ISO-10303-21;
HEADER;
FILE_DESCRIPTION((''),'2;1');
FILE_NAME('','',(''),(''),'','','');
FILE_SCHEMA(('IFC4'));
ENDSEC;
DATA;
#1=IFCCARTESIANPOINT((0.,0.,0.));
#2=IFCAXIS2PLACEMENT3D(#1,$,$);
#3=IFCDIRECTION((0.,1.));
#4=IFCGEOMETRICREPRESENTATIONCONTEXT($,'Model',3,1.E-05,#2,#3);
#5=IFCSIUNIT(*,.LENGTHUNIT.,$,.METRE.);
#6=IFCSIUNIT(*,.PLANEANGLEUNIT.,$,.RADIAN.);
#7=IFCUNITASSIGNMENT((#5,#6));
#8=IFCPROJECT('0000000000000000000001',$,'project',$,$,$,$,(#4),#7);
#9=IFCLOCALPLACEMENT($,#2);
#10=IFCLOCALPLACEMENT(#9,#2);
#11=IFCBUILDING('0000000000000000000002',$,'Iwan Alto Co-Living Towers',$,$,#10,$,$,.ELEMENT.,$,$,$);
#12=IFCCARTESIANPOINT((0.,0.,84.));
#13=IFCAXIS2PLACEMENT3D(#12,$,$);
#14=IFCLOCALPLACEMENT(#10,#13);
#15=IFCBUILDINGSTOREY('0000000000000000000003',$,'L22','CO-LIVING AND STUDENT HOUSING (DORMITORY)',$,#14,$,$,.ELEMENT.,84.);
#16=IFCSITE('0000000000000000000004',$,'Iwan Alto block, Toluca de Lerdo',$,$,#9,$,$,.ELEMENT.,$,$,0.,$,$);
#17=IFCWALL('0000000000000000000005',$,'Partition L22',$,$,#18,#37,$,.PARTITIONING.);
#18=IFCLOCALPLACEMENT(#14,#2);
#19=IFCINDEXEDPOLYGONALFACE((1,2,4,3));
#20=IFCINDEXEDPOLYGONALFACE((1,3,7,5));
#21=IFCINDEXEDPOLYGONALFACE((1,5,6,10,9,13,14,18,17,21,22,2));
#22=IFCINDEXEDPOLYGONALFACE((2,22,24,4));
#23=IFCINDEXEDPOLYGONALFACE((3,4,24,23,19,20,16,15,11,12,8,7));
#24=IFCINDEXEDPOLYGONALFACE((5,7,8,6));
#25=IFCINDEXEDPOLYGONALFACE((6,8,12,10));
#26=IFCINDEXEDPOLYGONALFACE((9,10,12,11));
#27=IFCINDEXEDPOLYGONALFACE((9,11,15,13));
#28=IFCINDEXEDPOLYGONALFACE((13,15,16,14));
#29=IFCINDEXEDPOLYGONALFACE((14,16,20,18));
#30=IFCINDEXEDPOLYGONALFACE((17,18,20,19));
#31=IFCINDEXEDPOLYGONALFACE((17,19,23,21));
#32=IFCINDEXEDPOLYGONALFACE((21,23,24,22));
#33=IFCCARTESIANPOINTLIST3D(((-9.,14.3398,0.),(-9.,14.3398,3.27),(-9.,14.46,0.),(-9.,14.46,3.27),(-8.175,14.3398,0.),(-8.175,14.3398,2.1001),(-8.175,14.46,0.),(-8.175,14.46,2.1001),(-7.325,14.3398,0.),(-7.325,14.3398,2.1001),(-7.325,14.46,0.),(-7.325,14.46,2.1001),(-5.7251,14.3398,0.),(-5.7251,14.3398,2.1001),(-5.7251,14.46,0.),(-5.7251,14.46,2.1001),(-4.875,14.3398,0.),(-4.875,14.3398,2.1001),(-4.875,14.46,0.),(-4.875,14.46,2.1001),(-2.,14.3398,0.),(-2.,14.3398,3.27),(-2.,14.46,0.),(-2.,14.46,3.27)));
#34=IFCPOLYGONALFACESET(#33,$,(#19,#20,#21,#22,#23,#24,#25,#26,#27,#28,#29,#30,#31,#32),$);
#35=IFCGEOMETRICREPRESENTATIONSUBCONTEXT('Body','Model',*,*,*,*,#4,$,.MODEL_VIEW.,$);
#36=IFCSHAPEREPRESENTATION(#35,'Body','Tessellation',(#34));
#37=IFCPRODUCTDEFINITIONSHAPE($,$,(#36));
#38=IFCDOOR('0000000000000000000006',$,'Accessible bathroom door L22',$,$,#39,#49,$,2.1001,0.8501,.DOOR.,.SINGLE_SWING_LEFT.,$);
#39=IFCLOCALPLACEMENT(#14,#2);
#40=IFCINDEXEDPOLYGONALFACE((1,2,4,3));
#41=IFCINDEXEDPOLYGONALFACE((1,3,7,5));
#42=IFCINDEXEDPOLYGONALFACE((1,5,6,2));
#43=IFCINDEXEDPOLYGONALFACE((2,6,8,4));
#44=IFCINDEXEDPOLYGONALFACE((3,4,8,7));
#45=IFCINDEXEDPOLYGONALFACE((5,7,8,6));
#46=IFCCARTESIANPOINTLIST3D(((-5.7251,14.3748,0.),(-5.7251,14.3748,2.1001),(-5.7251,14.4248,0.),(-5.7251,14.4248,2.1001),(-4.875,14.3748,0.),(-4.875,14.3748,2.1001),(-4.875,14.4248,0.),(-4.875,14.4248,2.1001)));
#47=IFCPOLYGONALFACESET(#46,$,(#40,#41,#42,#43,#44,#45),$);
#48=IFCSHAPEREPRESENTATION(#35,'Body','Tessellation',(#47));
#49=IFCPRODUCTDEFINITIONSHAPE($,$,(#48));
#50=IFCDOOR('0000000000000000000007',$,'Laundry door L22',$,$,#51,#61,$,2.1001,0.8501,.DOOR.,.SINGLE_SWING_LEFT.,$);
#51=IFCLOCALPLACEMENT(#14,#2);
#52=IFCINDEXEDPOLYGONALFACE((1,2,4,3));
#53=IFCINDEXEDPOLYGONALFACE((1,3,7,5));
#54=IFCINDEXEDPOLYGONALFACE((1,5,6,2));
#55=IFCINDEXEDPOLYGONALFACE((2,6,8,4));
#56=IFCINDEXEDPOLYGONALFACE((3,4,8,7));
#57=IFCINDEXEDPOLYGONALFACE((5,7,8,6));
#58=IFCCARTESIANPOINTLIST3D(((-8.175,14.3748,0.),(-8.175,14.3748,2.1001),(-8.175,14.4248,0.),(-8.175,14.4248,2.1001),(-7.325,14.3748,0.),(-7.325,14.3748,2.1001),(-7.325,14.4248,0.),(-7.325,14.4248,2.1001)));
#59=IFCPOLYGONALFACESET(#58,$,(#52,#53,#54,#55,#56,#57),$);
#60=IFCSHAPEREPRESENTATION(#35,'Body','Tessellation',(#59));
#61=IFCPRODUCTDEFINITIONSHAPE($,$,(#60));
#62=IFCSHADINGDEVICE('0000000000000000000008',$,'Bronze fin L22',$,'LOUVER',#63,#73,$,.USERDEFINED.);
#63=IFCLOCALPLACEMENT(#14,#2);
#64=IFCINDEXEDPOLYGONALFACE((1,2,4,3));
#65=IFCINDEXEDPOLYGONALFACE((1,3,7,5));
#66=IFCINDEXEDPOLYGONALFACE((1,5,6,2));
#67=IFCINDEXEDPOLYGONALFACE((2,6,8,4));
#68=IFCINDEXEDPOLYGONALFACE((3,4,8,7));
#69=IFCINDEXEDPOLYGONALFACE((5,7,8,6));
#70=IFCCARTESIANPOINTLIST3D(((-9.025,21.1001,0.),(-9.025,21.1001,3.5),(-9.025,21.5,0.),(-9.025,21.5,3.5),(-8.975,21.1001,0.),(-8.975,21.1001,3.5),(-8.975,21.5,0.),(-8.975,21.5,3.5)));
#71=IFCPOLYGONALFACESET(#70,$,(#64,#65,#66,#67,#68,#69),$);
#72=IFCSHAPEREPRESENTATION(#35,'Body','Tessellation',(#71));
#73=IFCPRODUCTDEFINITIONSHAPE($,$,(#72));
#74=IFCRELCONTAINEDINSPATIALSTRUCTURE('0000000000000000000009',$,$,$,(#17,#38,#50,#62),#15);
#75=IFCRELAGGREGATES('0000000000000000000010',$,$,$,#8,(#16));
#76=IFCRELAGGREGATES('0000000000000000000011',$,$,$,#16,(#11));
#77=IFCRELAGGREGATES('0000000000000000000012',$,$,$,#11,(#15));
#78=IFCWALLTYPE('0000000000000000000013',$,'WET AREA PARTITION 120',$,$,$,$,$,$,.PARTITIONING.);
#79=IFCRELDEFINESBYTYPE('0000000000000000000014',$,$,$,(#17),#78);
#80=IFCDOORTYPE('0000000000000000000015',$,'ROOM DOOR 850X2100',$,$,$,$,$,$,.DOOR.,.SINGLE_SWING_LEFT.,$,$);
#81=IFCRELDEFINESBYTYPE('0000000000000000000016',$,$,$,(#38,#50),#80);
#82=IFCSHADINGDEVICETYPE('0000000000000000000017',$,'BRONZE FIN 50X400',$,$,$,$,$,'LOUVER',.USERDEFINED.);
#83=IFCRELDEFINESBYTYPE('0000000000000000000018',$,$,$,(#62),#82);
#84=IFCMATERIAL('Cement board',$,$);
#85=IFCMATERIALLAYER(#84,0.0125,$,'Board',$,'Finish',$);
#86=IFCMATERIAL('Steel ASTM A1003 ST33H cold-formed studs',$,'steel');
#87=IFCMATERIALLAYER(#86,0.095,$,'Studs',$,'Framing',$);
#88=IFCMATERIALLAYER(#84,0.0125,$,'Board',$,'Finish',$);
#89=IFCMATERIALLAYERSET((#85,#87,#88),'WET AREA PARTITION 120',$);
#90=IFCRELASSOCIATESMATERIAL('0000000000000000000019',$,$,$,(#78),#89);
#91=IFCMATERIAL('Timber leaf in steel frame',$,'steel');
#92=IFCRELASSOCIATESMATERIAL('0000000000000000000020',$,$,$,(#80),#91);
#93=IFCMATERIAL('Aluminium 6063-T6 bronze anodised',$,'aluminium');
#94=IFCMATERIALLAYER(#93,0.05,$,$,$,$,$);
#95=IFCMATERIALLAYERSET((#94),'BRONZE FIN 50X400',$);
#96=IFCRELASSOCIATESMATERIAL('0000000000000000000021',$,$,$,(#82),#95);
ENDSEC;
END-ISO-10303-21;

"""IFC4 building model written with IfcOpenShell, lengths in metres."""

from ifc_helpers import new_model, si_unit, direction, frame, frame_2d, origin, origin_2d, place, context, subcontext, project, spatial, rectangle, extrude, material, layer, layer_set, type_object, element, fill, save


model = new_model("IFC4")

# Units and contexts
model_context = context("Model", 3, precision=1e-05, world=origin(), true_north=direction((0.0, 1.0)))
body_context = subcontext(model_context, "Body", "Model", "MODEL_VIEW")
ifc_project = project(units=[si_unit("LENGTHUNIT", "METRE"), si_unit("PLANEANGLEUNIT", "RADIAN")], contexts=[model_context])

# Site, building, storey
site_placement = place(None, origin())
site = spatial("IfcSite", under=ifc_project, at=site_placement, Name="Iwan Alto block, Toluca de Lerdo", CompositionType="ELEMENT", RefElevation=0.0)
building_placement = place(site_placement, origin())
building = spatial("IfcBuilding", under=site, at=building_placement, Name="Iwan Alto Co-Living Towers", CompositionType="ELEMENT")
storey_placement = place(building_placement, frame((0.0, 0.0, 84.0)))
storey = spatial("IfcBuildingStorey", under=building, at=storey_placement, Name="L22", Description="CO-LIVING AND STUDENT HOUSING (DORMITORY)", CompositionType="ELEMENT", Elevation=84.0)

# Shared definitions
ifc_material_1 = material(Name="Steel ASTM A1003 ST33H cold-formed studs", Category="steel")

# Wall, openings, doors
ifc_material_2 = material(Name="Cement board")
ifc_layer_1 = layer(ifc_material_2, 0.0125, Name="Board", Category="Finish")
ifc_layer_2 = layer(ifc_material_1, 0.095, Name="Studs", Category="Framing")
ifc_layer_3 = layer(ifc_material_2, 0.0125, Name="Board", Category="Finish")
ifc_layer_set_1 = layer_set([ifc_layer_1, ifc_layer_2, ifc_layer_3], Name="WET AREA PARTITION 120")
wall_type_1 = type_object("IfcWallType", Name="WET AREA PARTITION 120", PredefinedType="PARTITIONING", material=ifc_layer_set_1)
wall_1_placement = place(storey_placement, frame((-9.0, 14.3999, 0.0), z_axis=(0.0, 0.0, 1.0), x_axis=(1.0, 0.0, 0.0)))
wall_1 = element("IfcWall", 1, at=wall_1_placement, inside=storey, type_object=wall_type_1, Name="Partition L22", PredefinedType="PARTITIONING", context=body_context, shape_type="SweptSolid", body=[
    extrude(rectangle(XDim=7.0, YDim=0.1201, at=frame_2d((3.5, 0.0))), origin(), (0.0, 0.0, 1.0), 3.27),
])
opening_1_placement = place(wall_1_placement, frame((3.2749, 0.0, 0.0)))
opening_1 = element("IfcOpeningElement", 2, at=opening_1_placement, cuts=wall_1, PredefinedType="OPENING", context=body_context, shape_type="SweptSolid", body=[
    extrude(rectangle(XDim=0.8501, YDim=2.1001, at=frame_2d((0.425, 1.05))), frame((0.0, 0.0701, 0.0), z_axis=(0.0, -1.0, 0.0), x_axis=(1.0, 0.0, 0.0)), (0.0, 0.0, 1.0), 0.1401),
])
opening_2_placement = place(wall_1_placement, frame((0.825, 0.0, 0.0)))
opening_2 = element("IfcOpeningElement", 3, at=opening_2_placement, cuts=wall_1, PredefinedType="OPENING", context=body_context, shape_type="SweptSolid", body=[
    extrude(rectangle(XDim=0.8501, YDim=2.1001, at=frame_2d((0.425, 1.05))), frame((0.0, 0.0701, 0.0), z_axis=(0.0, -1.0, 0.0), x_axis=(1.0, 0.0, 0.0)), (0.0, 0.0, 1.0), 0.1401),
])
ifc_material_3 = material(Name="Timber leaf in steel frame", Category="steel")
door_type_1 = type_object("IfcDoorType", Name="ROOM DOOR 850X2100", OperationType="SINGLE_SWING_LEFT", PredefinedType="DOOR", material=ifc_material_3)
door_1_placement = place(opening_1_placement, origin())
door_1 = element("IfcDoor", 4, at=door_1_placement, inside=storey, type_object=door_type_1, Name="Accessible bathroom door L22", OperationType="SINGLE_SWING_LEFT", OverallHeight=2.1001, OverallWidth=0.8501, PredefinedType="DOOR", context=body_context, shape_type="SweptSolid", body=[
    extrude(rectangle(XDim=0.8501, YDim=2.1001, at=frame_2d((0.425, 1.05))), frame((0.0, 0.0249, 0.0), z_axis=(0.0, -1.0, 0.0), x_axis=(1.0, 0.0, 0.0)), (0.0, 0.0, 1.0), 0.05),
])
fill(opening_1, door_1)
door_2_placement = place(opening_2_placement, origin())
door_2 = element("IfcDoor", 5, at=door_2_placement, inside=storey, type_object=door_type_1, Name="Laundry door L22", OperationType="SINGLE_SWING_LEFT", OverallHeight=2.1001, OverallWidth=0.8501, PredefinedType="DOOR", context=body_context, shape_type="SweptSolid", body=[
    extrude(rectangle(XDim=0.8501, YDim=2.1001, at=frame_2d((0.425, 1.05))), frame((0.0, 0.0249, 0.0), z_axis=(0.0, -1.0, 0.0), x_axis=(1.0, 0.0, 0.0)), (0.0, 0.0, 1.0), 0.05),
])
fill(opening_2, door_2)

# Shading device
ifc_material_4 = material(Name="Aluminium 6063-T6 bronze anodised", Category="aluminium")
ifc_layer_4 = layer(ifc_material_4, 0.05)
ifc_layer_set_2 = layer_set([ifc_layer_4], Name="BRONZE FIN 50X400")
shading_device_type = type_object("IfcShadingDeviceType", Name="BRONZE FIN 50X400", ElementType="LOUVER", PredefinedType="USERDEFINED", material=ifc_layer_set_2)
shading_device_placement = place(storey_placement, frame((-9.0, 21.3, 0.0), z_axis=(0.0, 0.0, 1.0), x_axis=(-1.0, 0.0, 0.0)))
element("IfcShadingDevice", 6, at=shading_device_placement, inside=storey, type_object=shading_device_type, Name="Bronze fin L22", ObjectType="LOUVER", PredefinedType="USERDEFINED", context=body_context, shape_type="SweptSolid", body=[
    extrude(rectangle(XDim=0.05, YDim=0.3999, at=origin_2d()), origin(), (0.0, 0.0, 1.0), 3.5),
])

save(model, "model.ifc")
